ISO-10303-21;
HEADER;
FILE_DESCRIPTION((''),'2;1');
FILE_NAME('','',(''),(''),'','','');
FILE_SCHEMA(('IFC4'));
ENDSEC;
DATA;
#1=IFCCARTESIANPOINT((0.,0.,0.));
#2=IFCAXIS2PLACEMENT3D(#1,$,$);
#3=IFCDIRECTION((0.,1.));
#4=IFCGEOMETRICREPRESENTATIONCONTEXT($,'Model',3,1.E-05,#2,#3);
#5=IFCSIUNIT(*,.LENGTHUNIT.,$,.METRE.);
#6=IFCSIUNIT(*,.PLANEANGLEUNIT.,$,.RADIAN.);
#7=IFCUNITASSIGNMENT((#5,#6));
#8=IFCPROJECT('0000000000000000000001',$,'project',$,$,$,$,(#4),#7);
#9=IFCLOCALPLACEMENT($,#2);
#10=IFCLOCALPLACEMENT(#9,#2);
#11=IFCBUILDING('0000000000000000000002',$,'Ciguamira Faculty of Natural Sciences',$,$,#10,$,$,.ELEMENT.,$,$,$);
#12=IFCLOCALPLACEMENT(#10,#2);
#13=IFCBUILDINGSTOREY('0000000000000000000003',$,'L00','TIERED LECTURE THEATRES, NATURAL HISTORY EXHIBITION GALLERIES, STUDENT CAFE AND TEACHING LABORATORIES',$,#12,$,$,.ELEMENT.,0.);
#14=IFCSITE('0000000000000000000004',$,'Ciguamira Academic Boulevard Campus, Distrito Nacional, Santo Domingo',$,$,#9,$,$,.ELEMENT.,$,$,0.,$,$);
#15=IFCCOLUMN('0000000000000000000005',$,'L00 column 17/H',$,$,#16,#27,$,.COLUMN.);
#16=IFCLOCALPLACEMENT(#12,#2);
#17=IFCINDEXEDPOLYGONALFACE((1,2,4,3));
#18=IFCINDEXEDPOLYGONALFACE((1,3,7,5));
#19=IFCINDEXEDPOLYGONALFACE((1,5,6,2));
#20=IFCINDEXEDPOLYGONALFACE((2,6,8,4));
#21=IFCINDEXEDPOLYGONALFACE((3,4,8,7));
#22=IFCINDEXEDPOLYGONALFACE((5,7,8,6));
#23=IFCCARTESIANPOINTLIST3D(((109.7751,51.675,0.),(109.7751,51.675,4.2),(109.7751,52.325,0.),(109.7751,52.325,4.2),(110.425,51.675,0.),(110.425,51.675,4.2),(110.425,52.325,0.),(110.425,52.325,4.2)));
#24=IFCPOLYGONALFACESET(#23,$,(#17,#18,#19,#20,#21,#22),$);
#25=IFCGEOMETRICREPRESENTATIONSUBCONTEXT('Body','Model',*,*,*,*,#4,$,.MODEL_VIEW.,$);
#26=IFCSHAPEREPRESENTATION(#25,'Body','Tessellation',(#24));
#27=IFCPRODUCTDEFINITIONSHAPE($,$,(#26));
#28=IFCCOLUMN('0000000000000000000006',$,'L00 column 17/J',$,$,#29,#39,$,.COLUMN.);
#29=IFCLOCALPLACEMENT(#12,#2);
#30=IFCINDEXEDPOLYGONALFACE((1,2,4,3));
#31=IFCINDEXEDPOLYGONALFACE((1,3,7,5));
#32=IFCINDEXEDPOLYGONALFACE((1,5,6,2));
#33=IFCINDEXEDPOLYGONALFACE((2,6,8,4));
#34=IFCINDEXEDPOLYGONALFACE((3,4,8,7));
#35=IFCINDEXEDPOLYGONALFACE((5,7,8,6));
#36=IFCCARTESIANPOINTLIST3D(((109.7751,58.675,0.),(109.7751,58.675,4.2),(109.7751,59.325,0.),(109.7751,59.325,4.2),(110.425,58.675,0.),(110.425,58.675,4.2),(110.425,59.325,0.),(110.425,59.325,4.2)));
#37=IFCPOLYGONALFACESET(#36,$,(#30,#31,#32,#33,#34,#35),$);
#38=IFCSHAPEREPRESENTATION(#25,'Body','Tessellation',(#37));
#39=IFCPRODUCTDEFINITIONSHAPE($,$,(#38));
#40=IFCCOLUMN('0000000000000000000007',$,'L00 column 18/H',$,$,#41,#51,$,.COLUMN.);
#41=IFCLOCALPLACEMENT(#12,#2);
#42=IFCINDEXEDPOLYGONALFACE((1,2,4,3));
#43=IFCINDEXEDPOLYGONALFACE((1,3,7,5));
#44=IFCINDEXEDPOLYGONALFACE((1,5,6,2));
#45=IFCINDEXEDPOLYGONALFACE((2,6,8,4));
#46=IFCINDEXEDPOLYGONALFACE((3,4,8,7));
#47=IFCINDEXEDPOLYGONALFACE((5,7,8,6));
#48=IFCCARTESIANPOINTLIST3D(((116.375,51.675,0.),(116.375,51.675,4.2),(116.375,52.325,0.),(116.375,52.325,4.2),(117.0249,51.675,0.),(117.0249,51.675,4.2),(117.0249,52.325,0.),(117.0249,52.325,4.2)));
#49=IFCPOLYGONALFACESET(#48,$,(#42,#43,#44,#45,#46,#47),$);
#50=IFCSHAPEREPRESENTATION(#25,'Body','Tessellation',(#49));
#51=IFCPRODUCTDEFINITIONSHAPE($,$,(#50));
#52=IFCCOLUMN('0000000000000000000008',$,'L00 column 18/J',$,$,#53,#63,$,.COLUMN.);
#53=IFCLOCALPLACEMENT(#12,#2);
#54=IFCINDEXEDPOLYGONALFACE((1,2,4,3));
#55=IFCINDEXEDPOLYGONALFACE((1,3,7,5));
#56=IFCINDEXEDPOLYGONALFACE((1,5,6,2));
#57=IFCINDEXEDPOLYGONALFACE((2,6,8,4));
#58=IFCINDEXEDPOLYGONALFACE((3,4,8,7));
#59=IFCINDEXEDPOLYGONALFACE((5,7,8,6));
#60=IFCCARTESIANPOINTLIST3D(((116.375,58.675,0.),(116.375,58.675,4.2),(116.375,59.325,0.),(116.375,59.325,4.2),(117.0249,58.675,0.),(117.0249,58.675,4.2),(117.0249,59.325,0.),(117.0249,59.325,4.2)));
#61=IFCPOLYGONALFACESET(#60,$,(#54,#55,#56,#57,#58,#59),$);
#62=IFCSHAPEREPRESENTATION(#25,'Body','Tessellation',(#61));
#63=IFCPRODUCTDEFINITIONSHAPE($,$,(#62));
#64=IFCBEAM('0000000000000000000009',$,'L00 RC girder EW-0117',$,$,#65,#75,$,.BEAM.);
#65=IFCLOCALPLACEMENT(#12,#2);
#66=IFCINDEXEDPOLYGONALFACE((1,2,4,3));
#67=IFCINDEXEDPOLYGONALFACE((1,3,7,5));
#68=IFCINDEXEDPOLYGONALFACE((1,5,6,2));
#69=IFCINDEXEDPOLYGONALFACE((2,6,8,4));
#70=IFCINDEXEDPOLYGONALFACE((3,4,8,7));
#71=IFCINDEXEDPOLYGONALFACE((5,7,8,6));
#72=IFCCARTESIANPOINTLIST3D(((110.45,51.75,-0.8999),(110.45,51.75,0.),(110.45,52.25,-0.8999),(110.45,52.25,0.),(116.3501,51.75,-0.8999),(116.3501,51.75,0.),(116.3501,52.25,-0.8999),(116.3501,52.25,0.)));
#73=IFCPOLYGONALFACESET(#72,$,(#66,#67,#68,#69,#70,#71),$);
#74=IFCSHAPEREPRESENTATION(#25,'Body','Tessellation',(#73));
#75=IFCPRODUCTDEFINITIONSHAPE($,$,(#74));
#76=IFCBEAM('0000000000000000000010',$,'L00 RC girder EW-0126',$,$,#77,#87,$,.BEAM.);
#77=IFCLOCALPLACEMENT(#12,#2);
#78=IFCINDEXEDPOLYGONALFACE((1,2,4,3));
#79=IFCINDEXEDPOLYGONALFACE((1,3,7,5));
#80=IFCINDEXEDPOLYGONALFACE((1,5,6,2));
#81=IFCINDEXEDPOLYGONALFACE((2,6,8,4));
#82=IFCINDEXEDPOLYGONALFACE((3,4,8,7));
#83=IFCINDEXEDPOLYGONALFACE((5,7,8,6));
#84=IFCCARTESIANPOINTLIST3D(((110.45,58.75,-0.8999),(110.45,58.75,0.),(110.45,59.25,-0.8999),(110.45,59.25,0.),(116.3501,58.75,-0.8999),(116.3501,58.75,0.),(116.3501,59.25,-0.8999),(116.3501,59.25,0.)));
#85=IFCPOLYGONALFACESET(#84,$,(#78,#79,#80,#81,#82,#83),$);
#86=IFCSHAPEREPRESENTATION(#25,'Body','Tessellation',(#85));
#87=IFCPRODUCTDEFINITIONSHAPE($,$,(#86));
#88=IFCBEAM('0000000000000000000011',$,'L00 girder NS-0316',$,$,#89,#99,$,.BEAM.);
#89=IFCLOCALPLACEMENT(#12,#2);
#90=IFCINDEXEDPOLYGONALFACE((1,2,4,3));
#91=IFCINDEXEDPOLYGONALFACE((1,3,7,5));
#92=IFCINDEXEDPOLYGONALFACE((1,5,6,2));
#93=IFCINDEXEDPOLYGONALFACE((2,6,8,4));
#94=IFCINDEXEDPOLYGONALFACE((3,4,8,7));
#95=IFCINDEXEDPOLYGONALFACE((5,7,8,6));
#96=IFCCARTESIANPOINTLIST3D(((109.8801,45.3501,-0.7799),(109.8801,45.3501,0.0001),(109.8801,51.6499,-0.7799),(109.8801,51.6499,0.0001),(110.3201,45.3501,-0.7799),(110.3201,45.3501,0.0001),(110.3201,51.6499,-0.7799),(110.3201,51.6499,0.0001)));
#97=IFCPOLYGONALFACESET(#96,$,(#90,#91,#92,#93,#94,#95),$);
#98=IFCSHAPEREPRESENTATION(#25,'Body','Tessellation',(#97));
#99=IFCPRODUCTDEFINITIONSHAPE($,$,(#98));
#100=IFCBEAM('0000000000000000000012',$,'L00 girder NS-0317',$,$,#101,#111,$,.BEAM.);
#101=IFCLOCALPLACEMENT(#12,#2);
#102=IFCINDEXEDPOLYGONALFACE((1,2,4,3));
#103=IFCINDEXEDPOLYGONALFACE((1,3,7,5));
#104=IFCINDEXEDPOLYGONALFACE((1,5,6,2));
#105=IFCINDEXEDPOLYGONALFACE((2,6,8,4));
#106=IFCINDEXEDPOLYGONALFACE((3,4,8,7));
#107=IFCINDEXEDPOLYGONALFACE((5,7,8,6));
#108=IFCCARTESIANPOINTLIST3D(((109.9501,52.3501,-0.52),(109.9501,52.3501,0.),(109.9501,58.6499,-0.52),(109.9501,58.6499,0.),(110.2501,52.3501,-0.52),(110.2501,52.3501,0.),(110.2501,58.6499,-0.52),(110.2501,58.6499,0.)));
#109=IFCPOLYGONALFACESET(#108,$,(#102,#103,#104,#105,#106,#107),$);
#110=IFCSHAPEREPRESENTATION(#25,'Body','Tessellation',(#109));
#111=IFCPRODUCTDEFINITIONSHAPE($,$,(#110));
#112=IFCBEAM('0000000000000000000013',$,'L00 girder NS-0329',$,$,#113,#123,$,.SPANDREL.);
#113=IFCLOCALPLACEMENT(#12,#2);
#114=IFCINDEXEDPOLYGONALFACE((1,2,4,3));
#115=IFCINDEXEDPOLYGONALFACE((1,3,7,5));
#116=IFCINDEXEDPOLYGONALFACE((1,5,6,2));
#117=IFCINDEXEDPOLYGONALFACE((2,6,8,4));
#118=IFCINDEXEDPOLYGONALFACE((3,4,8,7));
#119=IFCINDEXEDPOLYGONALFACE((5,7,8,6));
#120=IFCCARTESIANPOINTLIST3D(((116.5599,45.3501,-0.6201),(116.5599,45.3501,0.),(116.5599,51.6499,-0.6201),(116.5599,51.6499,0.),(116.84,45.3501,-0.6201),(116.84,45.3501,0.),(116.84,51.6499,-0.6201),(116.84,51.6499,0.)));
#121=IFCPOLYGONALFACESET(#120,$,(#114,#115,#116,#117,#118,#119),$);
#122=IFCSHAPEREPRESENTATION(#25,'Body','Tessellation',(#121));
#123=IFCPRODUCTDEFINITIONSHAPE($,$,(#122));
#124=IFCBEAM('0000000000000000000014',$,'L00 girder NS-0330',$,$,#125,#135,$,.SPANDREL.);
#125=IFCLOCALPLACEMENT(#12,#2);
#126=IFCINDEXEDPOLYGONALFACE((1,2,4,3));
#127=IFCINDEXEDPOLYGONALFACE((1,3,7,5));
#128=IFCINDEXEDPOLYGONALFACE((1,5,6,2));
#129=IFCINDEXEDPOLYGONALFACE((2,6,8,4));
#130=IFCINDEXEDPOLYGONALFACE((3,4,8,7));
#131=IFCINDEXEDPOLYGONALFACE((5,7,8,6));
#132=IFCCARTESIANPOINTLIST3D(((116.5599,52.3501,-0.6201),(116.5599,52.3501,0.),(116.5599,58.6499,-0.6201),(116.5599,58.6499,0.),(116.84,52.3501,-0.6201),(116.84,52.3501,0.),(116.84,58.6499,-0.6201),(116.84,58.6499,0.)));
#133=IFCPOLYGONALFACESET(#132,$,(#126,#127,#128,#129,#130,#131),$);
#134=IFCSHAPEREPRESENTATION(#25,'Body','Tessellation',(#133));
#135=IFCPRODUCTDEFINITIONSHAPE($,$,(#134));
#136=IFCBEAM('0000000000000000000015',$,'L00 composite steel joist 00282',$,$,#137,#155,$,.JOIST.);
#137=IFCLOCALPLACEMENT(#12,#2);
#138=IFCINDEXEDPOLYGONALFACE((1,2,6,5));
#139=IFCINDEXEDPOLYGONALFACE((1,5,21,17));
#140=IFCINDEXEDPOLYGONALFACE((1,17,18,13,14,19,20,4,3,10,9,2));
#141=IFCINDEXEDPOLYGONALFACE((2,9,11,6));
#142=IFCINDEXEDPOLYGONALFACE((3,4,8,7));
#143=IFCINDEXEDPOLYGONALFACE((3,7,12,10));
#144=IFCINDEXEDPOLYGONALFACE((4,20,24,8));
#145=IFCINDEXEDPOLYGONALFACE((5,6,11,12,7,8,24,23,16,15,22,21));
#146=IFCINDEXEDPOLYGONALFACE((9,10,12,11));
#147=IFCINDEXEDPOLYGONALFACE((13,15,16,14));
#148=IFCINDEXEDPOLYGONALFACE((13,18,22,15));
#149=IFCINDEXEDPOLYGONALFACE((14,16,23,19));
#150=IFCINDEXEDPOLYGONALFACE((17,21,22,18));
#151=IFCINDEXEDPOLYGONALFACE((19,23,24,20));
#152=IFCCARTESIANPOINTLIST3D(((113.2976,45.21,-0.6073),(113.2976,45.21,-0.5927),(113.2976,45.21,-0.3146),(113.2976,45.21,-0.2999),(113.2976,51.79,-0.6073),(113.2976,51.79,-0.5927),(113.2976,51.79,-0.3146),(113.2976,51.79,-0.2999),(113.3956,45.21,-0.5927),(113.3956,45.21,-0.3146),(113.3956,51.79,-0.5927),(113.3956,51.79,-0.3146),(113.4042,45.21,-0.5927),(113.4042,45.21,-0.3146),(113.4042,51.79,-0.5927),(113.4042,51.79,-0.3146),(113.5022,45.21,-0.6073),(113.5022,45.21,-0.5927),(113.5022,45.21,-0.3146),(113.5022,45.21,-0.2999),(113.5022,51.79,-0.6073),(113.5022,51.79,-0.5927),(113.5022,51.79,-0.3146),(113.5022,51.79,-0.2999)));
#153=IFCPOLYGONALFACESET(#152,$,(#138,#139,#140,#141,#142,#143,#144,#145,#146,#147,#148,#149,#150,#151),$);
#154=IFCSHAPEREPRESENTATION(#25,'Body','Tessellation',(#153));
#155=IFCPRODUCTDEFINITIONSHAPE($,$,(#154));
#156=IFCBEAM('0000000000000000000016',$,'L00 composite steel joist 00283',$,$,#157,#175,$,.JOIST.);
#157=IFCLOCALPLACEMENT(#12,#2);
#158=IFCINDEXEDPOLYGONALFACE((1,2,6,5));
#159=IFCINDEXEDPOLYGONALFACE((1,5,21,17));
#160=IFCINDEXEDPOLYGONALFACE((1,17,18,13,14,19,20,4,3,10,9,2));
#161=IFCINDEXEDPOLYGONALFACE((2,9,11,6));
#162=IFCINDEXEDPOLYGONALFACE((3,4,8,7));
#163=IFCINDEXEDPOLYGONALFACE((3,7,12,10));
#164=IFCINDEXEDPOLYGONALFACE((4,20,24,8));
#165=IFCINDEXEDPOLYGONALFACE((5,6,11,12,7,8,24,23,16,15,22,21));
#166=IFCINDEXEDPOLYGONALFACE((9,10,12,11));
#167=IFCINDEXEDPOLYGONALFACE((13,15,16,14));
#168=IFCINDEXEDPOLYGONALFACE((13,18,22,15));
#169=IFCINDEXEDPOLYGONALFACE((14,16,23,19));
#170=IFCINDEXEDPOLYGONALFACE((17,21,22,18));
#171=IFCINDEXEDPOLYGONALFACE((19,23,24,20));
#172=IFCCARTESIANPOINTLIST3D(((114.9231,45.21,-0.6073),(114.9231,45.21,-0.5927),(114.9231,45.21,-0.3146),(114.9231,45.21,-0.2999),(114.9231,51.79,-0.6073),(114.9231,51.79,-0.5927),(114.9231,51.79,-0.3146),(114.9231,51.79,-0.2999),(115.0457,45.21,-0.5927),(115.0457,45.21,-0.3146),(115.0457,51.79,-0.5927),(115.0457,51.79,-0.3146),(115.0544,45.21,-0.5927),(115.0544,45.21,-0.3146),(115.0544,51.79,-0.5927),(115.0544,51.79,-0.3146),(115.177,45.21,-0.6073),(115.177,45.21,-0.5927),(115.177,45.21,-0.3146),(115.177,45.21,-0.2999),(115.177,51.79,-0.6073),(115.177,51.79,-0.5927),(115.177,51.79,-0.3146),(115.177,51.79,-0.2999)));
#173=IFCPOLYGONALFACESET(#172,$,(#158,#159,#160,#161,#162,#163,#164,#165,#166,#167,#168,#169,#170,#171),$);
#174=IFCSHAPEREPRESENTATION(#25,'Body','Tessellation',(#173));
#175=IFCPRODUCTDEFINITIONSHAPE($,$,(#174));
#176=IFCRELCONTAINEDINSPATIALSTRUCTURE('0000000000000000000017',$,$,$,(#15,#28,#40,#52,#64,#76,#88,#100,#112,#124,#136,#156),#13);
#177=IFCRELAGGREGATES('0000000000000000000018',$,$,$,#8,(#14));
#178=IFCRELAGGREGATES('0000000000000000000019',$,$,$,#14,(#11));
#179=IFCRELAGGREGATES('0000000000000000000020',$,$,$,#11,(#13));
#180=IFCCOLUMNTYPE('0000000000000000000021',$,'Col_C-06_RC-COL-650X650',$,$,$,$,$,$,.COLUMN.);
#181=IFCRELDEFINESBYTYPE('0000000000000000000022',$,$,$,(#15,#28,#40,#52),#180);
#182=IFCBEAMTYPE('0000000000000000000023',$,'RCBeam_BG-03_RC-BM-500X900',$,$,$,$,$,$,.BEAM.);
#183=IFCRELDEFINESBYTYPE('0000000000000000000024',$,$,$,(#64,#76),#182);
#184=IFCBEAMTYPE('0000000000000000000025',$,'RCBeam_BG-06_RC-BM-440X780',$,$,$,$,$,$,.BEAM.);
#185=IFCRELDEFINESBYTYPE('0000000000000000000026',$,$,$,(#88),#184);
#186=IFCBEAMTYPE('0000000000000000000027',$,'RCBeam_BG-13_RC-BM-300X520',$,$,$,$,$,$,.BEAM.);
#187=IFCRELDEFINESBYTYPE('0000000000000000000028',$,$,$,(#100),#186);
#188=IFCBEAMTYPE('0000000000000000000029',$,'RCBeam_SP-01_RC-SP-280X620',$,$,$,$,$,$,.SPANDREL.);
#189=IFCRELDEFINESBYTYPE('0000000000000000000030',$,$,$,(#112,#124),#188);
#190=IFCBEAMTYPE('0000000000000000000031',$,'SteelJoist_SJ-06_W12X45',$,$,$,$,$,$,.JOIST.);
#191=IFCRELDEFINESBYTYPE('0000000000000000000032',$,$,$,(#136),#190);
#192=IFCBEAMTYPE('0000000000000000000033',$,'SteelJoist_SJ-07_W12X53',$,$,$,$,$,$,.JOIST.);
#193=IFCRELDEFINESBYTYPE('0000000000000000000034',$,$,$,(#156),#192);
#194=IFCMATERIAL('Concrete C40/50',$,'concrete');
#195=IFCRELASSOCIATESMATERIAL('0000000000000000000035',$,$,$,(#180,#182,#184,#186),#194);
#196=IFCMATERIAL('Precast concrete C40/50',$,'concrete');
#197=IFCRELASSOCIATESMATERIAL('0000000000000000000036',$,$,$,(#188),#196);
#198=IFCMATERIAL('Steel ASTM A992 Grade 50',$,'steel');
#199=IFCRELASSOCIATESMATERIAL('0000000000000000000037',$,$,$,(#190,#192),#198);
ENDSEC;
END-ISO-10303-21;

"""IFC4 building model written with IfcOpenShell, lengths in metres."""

from ifc_helpers import new_model, si_unit, direction, frame, origin, origin_2d, place, context, subcontext, project, spatial, rectangle, i_section, extrude, material, material_profile, profile_set, type_object, element, save


model = new_model("IFC4")

# Units and contexts
model_context = context("Model", 3, precision=1e-05, world=origin(), true_north=direction((0.0, 1.0)))
body_context = subcontext(model_context, "Body", "Model", "MODEL_VIEW")
ifc_project = project(units=[si_unit("LENGTHUNIT", "METRE"), si_unit("PLANEANGLEUNIT", "RADIAN")], contexts=[model_context])

# Site, building, storey
site_placement = place(None, origin())
site = spatial("IfcSite", under=ifc_project, at=site_placement, Name="Ciguamira Academic Boulevard Campus, Distrito Nacional, Santo Domingo", CompositionType="ELEMENT", RefElevation=0.0)
building_placement = place(site_placement, origin())
building = spatial("IfcBuilding", under=site, at=building_placement, Name="Ciguamira Faculty of Natural Sciences", CompositionType="ELEMENT")
storey_placement = place(building_placement, origin())
storey = spatial("IfcBuildingStorey", under=building, at=storey_placement, Name="L00", Description="TIERED LECTURE THEATRES, NATURAL HISTORY EXHIBITION GALLERIES, STUDENT CAFE AND TEACHING LABORATORIES", CompositionType="ELEMENT", Elevation=0.0)

# Columns
ifc_material_1 = material(Name="Concrete C40/50", Category="concrete")
ifc_material_profile_1 = material_profile(ifc_material_1, rectangle(XDim=0.6499, YDim=0.6499, at=origin_2d()), Name="RC-COL-650X650")
ifc_profile_set_1 = profile_set([ifc_material_profile_1], Name="Concrete C40/50")
column_type = type_object("IfcColumnType", Name="Col_C-06_RC-COL-650X650", PredefinedType="COLUMN", material=ifc_profile_set_1)
for number, where, z_axis, x_axis, name in (
    (1, (110.1001, 52.0, 0.0), (0.0, 0.0, 1.0), (1.0, 0.0, 0.0), "L00 column 17/H"),
    (2, (110.1001, 59.0, 0.0), (0.0, 0.0, 1.0), (1.0, 0.0, 0.0), "L00 column 17/J"),
    (3, (116.7, 52.0, 0.0), (0.0, 0.0, 1.0), (1.0, 0.0, 0.0), "L00 column 18/H"),
    (4, (116.7, 59.0, 0.0), (0.0, 0.0, 1.0), (1.0, 0.0, 0.0), "L00 column 18/J"),
):
    element("IfcColumn", number, at=place(storey_placement, frame(where, z_axis=z_axis, x_axis=x_axis)), inside=storey, type_object=column_type, Name=name, PredefinedType="COLUMN", context=body_context, shape_type="SweptSolid", body=[
        extrude(rectangle(XDim=0.6499, YDim=0.6499, at=origin_2d()), origin(), (0.0, 0.0, 1.0), 4.2),
    ])

# Beams
ifc_material_profile_2 = material_profile(ifc_material_1, rectangle(XDim=0.5, YDim=0.8999, at=origin_2d()), Name="RC-BM-500X900")
ifc_profile_set_2 = profile_set([ifc_material_profile_2], Name="Concrete C40/50")
beam_type_1 = type_object("IfcBeamType", Name="RCBeam_BG-03_RC-BM-500X900", PredefinedType="BEAM", material=ifc_profile_set_2)
for number, where, z_axis, x_axis, name in (
    (5, (110.45, 52.0, -0.45), (1.0, 0.0, 0.0), (0.0, 1.0, 0.0), "L00 RC girder EW-0117"),
    (6, (110.45, 59.0, -0.45), (1.0, 0.0, 0.0), (0.0, 1.0, 0.0), "L00 RC girder EW-0126"),
):
    element("IfcBeam", number, at=place(storey_placement, frame(where, z_axis=z_axis, x_axis=x_axis)), inside=storey, type_object=beam_type_1, Name=name, PredefinedType="BEAM", context=body_context, shape_type="SweptSolid", body=[
        extrude(rectangle(XDim=0.5, YDim=0.8999, at=origin_2d()), origin(), (0.0, 0.0, 1.0), 5.9001),
    ])
ifc_material_profile_3 = material_profile(ifc_material_1, rectangle(XDim=0.4399, YDim=0.78, at=origin_2d()), Name="RC-BM-440X780")
ifc_profile_set_3 = profile_set([ifc_material_profile_3], Name="Concrete C40/50")
beam_type_2 = type_object("IfcBeamType", Name="RCBeam_BG-06_RC-BM-440X780", PredefinedType="BEAM", material=ifc_profile_set_3)
beam_1_placement = place(storey_placement, frame((110.1001, 45.3501, -0.3899), z_axis=(0.0, 1.0, 0.0), x_axis=(-1.0, 0.0, 0.0)))
element("IfcBeam", 7, at=beam_1_placement, inside=storey, type_object=beam_type_2, Name="L00 girder NS-0316", PredefinedType="BEAM", context=body_context, shape_type="SweptSolid", body=[
    extrude(rectangle(XDim=0.4399, YDim=0.78, at=origin_2d()), origin(), (0.0, 0.0, 1.0), 6.2998),
])
ifc_material_profile_4 = material_profile(ifc_material_1, rectangle(XDim=0.3, YDim=0.52, at=origin_2d()), Name="RC-BM-300X520")
ifc_profile_set_4 = profile_set([ifc_material_profile_4], Name="Concrete C40/50")
beam_type_3 = type_object("IfcBeamType", Name="RCBeam_BG-13_RC-BM-300X520", PredefinedType="BEAM", material=ifc_profile_set_4)
beam_2_placement = place(storey_placement, frame((110.1001, 52.3501, -0.26), z_axis=(0.0, 1.0, 0.0), x_axis=(-1.0, 0.0, 0.0)))
element("IfcBeam", 8, at=beam_2_placement, inside=storey, type_object=beam_type_3, Name="L00 girder NS-0317", PredefinedType="BEAM", context=body_context, shape_type="SweptSolid", body=[
    extrude(rectangle(XDim=0.3, YDim=0.52, at=origin_2d()), origin(), (0.0, 0.0, 1.0), 6.2998),
])
ifc_material_2 = material(Name="Precast concrete C40/50", Category="concrete")
ifc_material_profile_5 = material_profile(ifc_material_2, rectangle(XDim=0.28, YDim=0.6201, at=origin_2d()), Name="RC-SP-280X620")
ifc_profile_set_5 = profile_set([ifc_material_profile_5], Name="Precast concrete C40/50")
beam_type_4 = type_object("IfcBeamType", Name="RCBeam_SP-01_RC-SP-280X620", PredefinedType="SPANDREL", material=ifc_profile_set_5)
for number, where, z_axis, x_axis, name in (
    (9, (116.7, 45.3501, -0.3101), (0.0, 1.0, 0.0), (-1.0, 0.0, 0.0), "L00 girder NS-0329"),
    (10, (116.7, 52.3501, -0.3101), (0.0, 1.0, 0.0), (-1.0, 0.0, 0.0), "L00 girder NS-0330"),
):
    element("IfcBeam", number, at=place(storey_placement, frame(where, z_axis=z_axis, x_axis=x_axis)), inside=storey, type_object=beam_type_4, Name=name, PredefinedType="SPANDREL", context=body_context, shape_type="SweptSolid", body=[
        extrude(rectangle(XDim=0.28, YDim=0.6201, at=origin_2d()), origin(), (0.0, 0.0, 1.0), 6.2998),
    ])
ifc_material_3 = material(Name="Steel ASTM A992 Grade 50", Category="steel")
ifc_material_profile_6 = material_profile(ifc_material_3, i_section(OverallWidth=0.2046, OverallDepth=0.3074, WebThickness=0.0085, FlangeThickness=0.0146, at=origin_2d()), Name="W12X45")
ifc_profile_set_6 = profile_set([ifc_material_profile_6], Name="Steel ASTM A992 Grade 50")
beam_type_5 = type_object("IfcBeamType", Name="SteelJoist_SJ-06_W12X45", PredefinedType="JOIST", material=ifc_profile_set_6)
beam_3_placement = place(storey_placement, frame((113.3999, 45.21, -0.4536), z_axis=(0.0, 1.0, 0.0), x_axis=(-1.0, 0.0, 0.0)))
element("IfcBeam", 11, at=beam_3_placement, inside=storey, type_object=beam_type_5, Name="L00 composite steel joist 00282", PredefinedType="JOIST", context=body_context, shape_type="SweptSolid", body=[
    extrude(i_section(OverallWidth=0.2046, OverallDepth=0.3074, WebThickness=0.0085, FlangeThickness=0.0146, at=origin_2d()), origin(), (0.0, 0.0, 1.0), 6.5801),
])
ifc_material_profile_7 = material_profile(ifc_material_3, i_section(OverallWidth=0.2539, OverallDepth=0.3074, WebThickness=0.0088, FlangeThickness=0.0146, at=origin_2d()), Name="W12X53")
ifc_profile_set_7 = profile_set([ifc_material_profile_7], Name="Steel ASTM A992 Grade 50")
beam_type_6 = type_object("IfcBeamType", Name="SteelJoist_SJ-07_W12X53", PredefinedType="JOIST", material=ifc_profile_set_7)
beam_4_placement = place(storey_placement, frame((115.05, 45.21, -0.4536), z_axis=(0.0, 1.0, 0.0), x_axis=(-1.0, 0.0, 0.0)))
element("IfcBeam", 12, at=beam_4_placement, inside=storey, type_object=beam_type_6, Name="L00 composite steel joist 00283", PredefinedType="JOIST", context=body_context, shape_type="SweptSolid", body=[
    extrude(i_section(OverallWidth=0.2539, OverallDepth=0.3074, WebThickness=0.0088, FlangeThickness=0.0146, at=origin_2d()), origin(), (0.0, 0.0, 1.0), 6.5801),
])

save(model, "model.ifc")
